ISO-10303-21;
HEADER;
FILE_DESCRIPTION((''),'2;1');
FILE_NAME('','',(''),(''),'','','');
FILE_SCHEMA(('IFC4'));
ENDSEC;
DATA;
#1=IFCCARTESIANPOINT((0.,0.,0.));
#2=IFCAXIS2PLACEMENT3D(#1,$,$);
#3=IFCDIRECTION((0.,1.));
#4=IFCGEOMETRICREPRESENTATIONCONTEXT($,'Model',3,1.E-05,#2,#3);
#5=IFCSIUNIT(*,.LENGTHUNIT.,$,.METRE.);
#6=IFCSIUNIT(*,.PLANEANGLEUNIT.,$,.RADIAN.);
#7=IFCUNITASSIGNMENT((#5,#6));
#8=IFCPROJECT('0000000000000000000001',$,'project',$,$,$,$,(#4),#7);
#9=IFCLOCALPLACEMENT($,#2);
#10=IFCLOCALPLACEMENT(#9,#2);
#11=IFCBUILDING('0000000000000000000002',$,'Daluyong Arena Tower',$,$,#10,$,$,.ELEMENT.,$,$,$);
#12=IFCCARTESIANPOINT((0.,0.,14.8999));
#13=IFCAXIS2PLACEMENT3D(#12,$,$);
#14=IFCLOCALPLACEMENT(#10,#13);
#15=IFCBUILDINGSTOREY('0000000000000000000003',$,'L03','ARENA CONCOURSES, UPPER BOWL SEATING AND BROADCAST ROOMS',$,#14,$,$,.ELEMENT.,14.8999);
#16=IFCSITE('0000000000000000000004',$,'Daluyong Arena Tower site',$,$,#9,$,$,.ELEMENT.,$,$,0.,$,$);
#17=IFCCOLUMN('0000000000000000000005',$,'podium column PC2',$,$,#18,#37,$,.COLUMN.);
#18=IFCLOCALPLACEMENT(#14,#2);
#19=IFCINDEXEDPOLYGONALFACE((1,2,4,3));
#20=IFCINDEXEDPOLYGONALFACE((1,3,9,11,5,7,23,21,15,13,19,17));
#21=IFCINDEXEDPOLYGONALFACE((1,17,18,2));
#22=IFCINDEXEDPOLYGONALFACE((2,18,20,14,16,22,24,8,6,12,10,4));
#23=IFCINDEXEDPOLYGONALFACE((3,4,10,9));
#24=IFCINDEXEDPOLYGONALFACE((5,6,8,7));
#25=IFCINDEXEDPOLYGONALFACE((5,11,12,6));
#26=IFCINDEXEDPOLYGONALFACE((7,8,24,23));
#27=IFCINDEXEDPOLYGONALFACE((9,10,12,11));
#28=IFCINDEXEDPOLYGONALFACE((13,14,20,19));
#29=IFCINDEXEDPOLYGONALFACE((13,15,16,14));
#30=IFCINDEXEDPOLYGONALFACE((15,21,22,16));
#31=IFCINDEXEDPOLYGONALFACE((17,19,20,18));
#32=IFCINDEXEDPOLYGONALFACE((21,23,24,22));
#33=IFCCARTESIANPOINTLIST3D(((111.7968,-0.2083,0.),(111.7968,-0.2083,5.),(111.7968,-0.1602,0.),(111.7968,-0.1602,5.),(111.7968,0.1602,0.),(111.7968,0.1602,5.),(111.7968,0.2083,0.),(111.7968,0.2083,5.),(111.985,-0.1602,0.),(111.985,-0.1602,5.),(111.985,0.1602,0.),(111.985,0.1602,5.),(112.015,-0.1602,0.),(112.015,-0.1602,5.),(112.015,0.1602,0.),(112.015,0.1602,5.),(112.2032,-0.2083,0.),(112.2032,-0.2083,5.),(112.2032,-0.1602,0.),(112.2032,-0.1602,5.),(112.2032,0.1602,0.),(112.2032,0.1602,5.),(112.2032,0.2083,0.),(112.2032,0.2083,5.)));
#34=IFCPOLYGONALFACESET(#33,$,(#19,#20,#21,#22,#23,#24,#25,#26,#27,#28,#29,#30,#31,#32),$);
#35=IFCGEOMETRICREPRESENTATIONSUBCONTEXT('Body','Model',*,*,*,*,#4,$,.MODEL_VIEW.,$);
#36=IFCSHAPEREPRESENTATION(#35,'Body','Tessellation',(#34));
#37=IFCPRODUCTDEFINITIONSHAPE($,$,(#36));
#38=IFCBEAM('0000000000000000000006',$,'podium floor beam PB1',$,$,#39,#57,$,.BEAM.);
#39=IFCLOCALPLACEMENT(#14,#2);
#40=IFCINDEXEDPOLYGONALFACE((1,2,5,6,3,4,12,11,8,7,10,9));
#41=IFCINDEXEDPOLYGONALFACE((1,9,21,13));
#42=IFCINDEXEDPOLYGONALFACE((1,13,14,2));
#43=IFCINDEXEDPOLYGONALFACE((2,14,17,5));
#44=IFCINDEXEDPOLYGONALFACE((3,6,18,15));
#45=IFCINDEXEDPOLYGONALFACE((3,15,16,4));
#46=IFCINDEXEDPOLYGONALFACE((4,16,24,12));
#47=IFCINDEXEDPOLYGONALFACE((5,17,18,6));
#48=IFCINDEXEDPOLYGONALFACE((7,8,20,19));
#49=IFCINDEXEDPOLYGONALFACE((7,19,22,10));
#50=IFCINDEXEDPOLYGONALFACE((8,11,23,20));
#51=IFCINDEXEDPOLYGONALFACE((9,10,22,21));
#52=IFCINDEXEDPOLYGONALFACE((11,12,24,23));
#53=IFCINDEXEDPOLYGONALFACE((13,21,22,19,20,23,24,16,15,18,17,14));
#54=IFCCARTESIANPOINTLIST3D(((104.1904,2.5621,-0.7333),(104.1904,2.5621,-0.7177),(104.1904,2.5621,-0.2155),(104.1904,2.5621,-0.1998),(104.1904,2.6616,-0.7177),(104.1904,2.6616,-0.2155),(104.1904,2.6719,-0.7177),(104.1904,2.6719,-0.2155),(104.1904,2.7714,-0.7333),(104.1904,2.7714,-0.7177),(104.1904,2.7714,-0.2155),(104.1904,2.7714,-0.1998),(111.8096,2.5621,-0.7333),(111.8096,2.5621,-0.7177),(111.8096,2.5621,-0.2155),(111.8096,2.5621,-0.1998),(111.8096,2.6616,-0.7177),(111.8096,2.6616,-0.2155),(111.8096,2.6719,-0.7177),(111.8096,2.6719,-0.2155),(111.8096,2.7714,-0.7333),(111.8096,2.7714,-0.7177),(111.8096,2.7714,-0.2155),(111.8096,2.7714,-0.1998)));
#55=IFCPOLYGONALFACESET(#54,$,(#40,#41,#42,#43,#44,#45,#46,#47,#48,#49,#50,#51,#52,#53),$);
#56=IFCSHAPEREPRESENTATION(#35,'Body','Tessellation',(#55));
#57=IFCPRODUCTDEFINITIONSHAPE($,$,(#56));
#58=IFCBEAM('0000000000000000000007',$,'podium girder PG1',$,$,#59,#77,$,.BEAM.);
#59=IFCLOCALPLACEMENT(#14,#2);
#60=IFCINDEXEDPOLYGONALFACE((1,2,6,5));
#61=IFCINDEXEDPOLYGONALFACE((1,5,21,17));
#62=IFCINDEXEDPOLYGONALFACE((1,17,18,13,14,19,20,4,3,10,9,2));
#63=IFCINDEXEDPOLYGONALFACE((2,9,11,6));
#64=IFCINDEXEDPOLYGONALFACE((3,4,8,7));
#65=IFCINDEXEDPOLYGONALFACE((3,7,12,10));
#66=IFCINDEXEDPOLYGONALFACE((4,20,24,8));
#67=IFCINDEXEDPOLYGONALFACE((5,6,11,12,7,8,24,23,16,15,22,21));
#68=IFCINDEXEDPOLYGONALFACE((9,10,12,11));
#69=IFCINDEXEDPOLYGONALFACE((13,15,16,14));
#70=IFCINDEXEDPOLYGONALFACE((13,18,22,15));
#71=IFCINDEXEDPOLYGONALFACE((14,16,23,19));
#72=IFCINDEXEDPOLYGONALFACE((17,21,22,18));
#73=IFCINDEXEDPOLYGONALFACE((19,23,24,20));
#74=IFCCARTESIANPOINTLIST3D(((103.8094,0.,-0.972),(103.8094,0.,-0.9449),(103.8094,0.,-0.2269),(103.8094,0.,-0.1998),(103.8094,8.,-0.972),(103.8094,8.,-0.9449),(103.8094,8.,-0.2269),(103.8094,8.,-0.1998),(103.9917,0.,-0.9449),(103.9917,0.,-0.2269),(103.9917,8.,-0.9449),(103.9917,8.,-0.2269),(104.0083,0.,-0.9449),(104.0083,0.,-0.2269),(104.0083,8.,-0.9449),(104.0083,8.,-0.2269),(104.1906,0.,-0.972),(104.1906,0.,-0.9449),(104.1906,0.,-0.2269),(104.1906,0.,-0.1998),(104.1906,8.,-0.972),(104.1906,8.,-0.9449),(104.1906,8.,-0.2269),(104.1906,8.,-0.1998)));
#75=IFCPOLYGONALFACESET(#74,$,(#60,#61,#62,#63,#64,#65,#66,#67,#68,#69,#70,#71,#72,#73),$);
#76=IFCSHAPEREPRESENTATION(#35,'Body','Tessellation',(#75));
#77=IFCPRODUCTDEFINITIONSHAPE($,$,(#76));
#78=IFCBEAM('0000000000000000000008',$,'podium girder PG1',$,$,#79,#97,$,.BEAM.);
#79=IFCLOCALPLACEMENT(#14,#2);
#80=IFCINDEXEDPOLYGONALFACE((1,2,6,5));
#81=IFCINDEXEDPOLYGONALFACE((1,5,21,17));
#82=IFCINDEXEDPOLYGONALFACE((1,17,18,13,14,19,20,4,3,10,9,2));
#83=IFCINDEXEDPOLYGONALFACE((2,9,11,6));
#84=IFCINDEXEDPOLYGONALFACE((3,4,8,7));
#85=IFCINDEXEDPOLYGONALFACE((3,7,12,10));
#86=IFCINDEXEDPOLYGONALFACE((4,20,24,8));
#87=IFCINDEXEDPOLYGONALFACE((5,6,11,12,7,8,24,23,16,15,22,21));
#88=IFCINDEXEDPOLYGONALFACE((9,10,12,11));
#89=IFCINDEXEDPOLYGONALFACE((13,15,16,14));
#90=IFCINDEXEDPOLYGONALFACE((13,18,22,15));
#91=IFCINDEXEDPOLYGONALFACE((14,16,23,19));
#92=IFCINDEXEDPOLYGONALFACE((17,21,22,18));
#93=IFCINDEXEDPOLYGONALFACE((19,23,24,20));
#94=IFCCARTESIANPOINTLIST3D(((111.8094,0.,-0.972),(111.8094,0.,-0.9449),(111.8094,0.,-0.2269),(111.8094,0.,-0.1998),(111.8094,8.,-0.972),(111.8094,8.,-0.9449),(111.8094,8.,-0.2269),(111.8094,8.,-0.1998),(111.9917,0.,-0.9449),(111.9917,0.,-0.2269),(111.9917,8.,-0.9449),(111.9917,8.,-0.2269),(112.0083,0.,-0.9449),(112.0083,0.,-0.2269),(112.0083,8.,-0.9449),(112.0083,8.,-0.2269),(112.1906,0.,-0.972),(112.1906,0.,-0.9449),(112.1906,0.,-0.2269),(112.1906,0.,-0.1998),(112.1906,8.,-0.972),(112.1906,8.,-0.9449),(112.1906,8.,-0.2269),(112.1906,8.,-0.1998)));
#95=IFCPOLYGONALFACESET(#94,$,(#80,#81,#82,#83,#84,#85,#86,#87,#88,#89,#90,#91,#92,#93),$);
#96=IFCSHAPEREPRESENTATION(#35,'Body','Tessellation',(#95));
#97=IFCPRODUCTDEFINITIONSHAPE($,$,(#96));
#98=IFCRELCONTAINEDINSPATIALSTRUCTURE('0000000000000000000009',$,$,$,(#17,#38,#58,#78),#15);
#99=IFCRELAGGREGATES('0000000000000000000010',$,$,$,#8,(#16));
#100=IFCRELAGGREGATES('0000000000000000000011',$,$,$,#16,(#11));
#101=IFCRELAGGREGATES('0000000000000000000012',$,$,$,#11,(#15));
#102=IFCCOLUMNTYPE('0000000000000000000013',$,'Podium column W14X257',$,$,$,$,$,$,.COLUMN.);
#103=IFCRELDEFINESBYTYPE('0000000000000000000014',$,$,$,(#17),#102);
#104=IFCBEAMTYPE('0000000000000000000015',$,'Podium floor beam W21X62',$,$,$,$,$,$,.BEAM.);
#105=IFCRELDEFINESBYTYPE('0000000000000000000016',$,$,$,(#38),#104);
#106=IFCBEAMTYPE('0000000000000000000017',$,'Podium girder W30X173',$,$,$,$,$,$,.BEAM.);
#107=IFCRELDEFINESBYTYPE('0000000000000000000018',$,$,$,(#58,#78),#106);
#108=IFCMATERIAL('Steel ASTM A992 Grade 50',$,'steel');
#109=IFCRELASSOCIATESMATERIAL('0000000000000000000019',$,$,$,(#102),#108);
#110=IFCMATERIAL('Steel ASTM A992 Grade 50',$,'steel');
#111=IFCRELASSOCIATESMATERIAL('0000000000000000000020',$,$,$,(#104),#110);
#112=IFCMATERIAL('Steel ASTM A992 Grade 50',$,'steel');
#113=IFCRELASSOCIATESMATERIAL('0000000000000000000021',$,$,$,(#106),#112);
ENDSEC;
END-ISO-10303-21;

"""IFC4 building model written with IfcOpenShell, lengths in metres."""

from ifc_helpers import new_model, si_unit, direction, frame, origin, origin_2d, place, context, subcontext, project, spatial, i_section, extrude, material, material_profile, profile_set, type_object, element, save


model = new_model("IFC4")

# Units and contexts
model_context = context("Model", 3, precision=1e-05, world=origin(), true_north=direction((0.0, 1.0)))
body_context = subcontext(model_context, "Body", "Model", "MODEL_VIEW")
ifc_project = project(units=[si_unit("LENGTHUNIT", "METRE"), si_unit("PLANEANGLEUNIT", "RADIAN")], contexts=[model_context])

# Site, building, storey
site_placement = place(None, origin())
site = spatial("IfcSite", under=ifc_project, at=site_placement, Name="Daluyong Arena Tower site", CompositionType="ELEMENT", RefElevation=0.0)
building_placement = place(site_placement, origin())
building = spatial("IfcBuilding", under=site, at=building_placement, Name="Daluyong Arena Tower", CompositionType="ELEMENT")
storey_placement = place(building_placement, frame((0.0, 0.0, 14.8999)))
storey = spatial("IfcBuildingStorey", under=building, at=storey_placement, Name="L03", Description="ARENA CONCOURSES, UPPER BOWL SEATING AND BROADCAST ROOMS", CompositionType="ELEMENT", Elevation=14.8999)

# Column
ifc_material_1 = material(Name="Steel ASTM A992 Grade 50", Category="steel")
ifc_material_profile_1 = material_profile(ifc_material_1, i_section(OverallWidth=0.4065, OverallDepth=0.4165, WebThickness=0.03, FlangeThickness=0.0481, at=origin_2d()))
ifc_profile_set_1 = profile_set([ifc_material_profile_1], Name="Steel ASTM A992 Grade 50")
column_type = type_object("IfcColumnType", Name="Podium column W14X257", PredefinedType="COLUMN", material=ifc_profile_set_1)
column_placement = place(storey_placement, frame((112.0, 0.0, 0.0), z_axis=(0.0, 0.0, 1.0), x_axis=(1.0, 0.0, 0.0)))
element("IfcColumn", 1, at=column_placement, inside=storey, type_object=column_type, Name="podium column PC2", PredefinedType="COLUMN", context=body_context, shape_type="SweptSolid", body=[
    extrude(i_section(OverallWidth=0.4065, OverallDepth=0.4165, WebThickness=0.03, FlangeThickness=0.0481, at=origin_2d()), origin(), (0.0, 0.0, 1.0), 5.0),
])

# Beams
ifc_material_2 = material(Name="Steel ASTM A992 Grade 50", Category="steel")
ifc_material_profile_2 = material_profile(ifc_material_2, i_section(OverallWidth=0.2092, OverallDepth=0.5334, WebThickness=0.0103, FlangeThickness=0.0156, at=origin_2d()))
ifc_profile_set_2 = profile_set([ifc_material_profile_2], Name="Steel ASTM A992 Grade 50")
beam_type_1 = type_object("IfcBeamType", Name="Podium floor beam W21X62", PredefinedType="BEAM", material=ifc_profile_set_2)
beam_placement = place(storey_placement, frame((104.1904, 2.6667, -0.4666), z_axis=(1.0, 0.0, 0.0), x_axis=(0.0, 1.0, 0.0)))
element("IfcBeam", 2, at=beam_placement, inside=storey, type_object=beam_type_1, Name="podium floor beam PB1", PredefinedType="BEAM", context=body_context, shape_type="SweptSolid", body=[
    extrude(i_section(OverallWidth=0.2092, OverallDepth=0.5334, WebThickness=0.0103, FlangeThickness=0.0156, at=origin_2d()), origin(), (0.0, 0.0, 1.0), 7.6191),
])
ifc_material_3 = material(Name="Steel ASTM A992 Grade 50", Category="steel")
ifc_material_profile_3 = material_profile(ifc_material_3, i_section(OverallWidth=0.3811, OverallDepth=0.7722, WebThickness=0.0166, FlangeThickness=0.0271, at=origin_2d()))
ifc_profile_set_3 = profile_set([ifc_material_profile_3], Name="Steel ASTM A992 Grade 50")
beam_type_2 = type_object("IfcBeamType", Name="Podium girder W30X173", PredefinedType="BEAM", material=ifc_profile_set_3)
for number, where, z_axis, x_axis, name in (
    (3, (104.0, 0.0, -0.5859), (0.0, 1.0, 0.0), (-1.0, 0.0, 0.0), "podium girder PG1"),
    (4, (112.0, 0.0, -0.5859), (0.0, 1.0, 0.0), (-1.0, 0.0, 0.0), "podium girder PG1"),
):
    element("IfcBeam", number, at=place(storey_placement, frame(where, z_axis=z_axis, x_axis=x_axis)), inside=storey, type_object=beam_type_2, Name=name, PredefinedType="BEAM", context=body_context, shape_type="SweptSolid", body=[
        extrude(i_section(OverallWidth=0.3811, OverallDepth=0.7722, WebThickness=0.0166, FlangeThickness=0.0271, at=origin_2d()), origin(), (0.0, 0.0, 1.0), 8.0),
    ])

save(model, "model.ifc")
